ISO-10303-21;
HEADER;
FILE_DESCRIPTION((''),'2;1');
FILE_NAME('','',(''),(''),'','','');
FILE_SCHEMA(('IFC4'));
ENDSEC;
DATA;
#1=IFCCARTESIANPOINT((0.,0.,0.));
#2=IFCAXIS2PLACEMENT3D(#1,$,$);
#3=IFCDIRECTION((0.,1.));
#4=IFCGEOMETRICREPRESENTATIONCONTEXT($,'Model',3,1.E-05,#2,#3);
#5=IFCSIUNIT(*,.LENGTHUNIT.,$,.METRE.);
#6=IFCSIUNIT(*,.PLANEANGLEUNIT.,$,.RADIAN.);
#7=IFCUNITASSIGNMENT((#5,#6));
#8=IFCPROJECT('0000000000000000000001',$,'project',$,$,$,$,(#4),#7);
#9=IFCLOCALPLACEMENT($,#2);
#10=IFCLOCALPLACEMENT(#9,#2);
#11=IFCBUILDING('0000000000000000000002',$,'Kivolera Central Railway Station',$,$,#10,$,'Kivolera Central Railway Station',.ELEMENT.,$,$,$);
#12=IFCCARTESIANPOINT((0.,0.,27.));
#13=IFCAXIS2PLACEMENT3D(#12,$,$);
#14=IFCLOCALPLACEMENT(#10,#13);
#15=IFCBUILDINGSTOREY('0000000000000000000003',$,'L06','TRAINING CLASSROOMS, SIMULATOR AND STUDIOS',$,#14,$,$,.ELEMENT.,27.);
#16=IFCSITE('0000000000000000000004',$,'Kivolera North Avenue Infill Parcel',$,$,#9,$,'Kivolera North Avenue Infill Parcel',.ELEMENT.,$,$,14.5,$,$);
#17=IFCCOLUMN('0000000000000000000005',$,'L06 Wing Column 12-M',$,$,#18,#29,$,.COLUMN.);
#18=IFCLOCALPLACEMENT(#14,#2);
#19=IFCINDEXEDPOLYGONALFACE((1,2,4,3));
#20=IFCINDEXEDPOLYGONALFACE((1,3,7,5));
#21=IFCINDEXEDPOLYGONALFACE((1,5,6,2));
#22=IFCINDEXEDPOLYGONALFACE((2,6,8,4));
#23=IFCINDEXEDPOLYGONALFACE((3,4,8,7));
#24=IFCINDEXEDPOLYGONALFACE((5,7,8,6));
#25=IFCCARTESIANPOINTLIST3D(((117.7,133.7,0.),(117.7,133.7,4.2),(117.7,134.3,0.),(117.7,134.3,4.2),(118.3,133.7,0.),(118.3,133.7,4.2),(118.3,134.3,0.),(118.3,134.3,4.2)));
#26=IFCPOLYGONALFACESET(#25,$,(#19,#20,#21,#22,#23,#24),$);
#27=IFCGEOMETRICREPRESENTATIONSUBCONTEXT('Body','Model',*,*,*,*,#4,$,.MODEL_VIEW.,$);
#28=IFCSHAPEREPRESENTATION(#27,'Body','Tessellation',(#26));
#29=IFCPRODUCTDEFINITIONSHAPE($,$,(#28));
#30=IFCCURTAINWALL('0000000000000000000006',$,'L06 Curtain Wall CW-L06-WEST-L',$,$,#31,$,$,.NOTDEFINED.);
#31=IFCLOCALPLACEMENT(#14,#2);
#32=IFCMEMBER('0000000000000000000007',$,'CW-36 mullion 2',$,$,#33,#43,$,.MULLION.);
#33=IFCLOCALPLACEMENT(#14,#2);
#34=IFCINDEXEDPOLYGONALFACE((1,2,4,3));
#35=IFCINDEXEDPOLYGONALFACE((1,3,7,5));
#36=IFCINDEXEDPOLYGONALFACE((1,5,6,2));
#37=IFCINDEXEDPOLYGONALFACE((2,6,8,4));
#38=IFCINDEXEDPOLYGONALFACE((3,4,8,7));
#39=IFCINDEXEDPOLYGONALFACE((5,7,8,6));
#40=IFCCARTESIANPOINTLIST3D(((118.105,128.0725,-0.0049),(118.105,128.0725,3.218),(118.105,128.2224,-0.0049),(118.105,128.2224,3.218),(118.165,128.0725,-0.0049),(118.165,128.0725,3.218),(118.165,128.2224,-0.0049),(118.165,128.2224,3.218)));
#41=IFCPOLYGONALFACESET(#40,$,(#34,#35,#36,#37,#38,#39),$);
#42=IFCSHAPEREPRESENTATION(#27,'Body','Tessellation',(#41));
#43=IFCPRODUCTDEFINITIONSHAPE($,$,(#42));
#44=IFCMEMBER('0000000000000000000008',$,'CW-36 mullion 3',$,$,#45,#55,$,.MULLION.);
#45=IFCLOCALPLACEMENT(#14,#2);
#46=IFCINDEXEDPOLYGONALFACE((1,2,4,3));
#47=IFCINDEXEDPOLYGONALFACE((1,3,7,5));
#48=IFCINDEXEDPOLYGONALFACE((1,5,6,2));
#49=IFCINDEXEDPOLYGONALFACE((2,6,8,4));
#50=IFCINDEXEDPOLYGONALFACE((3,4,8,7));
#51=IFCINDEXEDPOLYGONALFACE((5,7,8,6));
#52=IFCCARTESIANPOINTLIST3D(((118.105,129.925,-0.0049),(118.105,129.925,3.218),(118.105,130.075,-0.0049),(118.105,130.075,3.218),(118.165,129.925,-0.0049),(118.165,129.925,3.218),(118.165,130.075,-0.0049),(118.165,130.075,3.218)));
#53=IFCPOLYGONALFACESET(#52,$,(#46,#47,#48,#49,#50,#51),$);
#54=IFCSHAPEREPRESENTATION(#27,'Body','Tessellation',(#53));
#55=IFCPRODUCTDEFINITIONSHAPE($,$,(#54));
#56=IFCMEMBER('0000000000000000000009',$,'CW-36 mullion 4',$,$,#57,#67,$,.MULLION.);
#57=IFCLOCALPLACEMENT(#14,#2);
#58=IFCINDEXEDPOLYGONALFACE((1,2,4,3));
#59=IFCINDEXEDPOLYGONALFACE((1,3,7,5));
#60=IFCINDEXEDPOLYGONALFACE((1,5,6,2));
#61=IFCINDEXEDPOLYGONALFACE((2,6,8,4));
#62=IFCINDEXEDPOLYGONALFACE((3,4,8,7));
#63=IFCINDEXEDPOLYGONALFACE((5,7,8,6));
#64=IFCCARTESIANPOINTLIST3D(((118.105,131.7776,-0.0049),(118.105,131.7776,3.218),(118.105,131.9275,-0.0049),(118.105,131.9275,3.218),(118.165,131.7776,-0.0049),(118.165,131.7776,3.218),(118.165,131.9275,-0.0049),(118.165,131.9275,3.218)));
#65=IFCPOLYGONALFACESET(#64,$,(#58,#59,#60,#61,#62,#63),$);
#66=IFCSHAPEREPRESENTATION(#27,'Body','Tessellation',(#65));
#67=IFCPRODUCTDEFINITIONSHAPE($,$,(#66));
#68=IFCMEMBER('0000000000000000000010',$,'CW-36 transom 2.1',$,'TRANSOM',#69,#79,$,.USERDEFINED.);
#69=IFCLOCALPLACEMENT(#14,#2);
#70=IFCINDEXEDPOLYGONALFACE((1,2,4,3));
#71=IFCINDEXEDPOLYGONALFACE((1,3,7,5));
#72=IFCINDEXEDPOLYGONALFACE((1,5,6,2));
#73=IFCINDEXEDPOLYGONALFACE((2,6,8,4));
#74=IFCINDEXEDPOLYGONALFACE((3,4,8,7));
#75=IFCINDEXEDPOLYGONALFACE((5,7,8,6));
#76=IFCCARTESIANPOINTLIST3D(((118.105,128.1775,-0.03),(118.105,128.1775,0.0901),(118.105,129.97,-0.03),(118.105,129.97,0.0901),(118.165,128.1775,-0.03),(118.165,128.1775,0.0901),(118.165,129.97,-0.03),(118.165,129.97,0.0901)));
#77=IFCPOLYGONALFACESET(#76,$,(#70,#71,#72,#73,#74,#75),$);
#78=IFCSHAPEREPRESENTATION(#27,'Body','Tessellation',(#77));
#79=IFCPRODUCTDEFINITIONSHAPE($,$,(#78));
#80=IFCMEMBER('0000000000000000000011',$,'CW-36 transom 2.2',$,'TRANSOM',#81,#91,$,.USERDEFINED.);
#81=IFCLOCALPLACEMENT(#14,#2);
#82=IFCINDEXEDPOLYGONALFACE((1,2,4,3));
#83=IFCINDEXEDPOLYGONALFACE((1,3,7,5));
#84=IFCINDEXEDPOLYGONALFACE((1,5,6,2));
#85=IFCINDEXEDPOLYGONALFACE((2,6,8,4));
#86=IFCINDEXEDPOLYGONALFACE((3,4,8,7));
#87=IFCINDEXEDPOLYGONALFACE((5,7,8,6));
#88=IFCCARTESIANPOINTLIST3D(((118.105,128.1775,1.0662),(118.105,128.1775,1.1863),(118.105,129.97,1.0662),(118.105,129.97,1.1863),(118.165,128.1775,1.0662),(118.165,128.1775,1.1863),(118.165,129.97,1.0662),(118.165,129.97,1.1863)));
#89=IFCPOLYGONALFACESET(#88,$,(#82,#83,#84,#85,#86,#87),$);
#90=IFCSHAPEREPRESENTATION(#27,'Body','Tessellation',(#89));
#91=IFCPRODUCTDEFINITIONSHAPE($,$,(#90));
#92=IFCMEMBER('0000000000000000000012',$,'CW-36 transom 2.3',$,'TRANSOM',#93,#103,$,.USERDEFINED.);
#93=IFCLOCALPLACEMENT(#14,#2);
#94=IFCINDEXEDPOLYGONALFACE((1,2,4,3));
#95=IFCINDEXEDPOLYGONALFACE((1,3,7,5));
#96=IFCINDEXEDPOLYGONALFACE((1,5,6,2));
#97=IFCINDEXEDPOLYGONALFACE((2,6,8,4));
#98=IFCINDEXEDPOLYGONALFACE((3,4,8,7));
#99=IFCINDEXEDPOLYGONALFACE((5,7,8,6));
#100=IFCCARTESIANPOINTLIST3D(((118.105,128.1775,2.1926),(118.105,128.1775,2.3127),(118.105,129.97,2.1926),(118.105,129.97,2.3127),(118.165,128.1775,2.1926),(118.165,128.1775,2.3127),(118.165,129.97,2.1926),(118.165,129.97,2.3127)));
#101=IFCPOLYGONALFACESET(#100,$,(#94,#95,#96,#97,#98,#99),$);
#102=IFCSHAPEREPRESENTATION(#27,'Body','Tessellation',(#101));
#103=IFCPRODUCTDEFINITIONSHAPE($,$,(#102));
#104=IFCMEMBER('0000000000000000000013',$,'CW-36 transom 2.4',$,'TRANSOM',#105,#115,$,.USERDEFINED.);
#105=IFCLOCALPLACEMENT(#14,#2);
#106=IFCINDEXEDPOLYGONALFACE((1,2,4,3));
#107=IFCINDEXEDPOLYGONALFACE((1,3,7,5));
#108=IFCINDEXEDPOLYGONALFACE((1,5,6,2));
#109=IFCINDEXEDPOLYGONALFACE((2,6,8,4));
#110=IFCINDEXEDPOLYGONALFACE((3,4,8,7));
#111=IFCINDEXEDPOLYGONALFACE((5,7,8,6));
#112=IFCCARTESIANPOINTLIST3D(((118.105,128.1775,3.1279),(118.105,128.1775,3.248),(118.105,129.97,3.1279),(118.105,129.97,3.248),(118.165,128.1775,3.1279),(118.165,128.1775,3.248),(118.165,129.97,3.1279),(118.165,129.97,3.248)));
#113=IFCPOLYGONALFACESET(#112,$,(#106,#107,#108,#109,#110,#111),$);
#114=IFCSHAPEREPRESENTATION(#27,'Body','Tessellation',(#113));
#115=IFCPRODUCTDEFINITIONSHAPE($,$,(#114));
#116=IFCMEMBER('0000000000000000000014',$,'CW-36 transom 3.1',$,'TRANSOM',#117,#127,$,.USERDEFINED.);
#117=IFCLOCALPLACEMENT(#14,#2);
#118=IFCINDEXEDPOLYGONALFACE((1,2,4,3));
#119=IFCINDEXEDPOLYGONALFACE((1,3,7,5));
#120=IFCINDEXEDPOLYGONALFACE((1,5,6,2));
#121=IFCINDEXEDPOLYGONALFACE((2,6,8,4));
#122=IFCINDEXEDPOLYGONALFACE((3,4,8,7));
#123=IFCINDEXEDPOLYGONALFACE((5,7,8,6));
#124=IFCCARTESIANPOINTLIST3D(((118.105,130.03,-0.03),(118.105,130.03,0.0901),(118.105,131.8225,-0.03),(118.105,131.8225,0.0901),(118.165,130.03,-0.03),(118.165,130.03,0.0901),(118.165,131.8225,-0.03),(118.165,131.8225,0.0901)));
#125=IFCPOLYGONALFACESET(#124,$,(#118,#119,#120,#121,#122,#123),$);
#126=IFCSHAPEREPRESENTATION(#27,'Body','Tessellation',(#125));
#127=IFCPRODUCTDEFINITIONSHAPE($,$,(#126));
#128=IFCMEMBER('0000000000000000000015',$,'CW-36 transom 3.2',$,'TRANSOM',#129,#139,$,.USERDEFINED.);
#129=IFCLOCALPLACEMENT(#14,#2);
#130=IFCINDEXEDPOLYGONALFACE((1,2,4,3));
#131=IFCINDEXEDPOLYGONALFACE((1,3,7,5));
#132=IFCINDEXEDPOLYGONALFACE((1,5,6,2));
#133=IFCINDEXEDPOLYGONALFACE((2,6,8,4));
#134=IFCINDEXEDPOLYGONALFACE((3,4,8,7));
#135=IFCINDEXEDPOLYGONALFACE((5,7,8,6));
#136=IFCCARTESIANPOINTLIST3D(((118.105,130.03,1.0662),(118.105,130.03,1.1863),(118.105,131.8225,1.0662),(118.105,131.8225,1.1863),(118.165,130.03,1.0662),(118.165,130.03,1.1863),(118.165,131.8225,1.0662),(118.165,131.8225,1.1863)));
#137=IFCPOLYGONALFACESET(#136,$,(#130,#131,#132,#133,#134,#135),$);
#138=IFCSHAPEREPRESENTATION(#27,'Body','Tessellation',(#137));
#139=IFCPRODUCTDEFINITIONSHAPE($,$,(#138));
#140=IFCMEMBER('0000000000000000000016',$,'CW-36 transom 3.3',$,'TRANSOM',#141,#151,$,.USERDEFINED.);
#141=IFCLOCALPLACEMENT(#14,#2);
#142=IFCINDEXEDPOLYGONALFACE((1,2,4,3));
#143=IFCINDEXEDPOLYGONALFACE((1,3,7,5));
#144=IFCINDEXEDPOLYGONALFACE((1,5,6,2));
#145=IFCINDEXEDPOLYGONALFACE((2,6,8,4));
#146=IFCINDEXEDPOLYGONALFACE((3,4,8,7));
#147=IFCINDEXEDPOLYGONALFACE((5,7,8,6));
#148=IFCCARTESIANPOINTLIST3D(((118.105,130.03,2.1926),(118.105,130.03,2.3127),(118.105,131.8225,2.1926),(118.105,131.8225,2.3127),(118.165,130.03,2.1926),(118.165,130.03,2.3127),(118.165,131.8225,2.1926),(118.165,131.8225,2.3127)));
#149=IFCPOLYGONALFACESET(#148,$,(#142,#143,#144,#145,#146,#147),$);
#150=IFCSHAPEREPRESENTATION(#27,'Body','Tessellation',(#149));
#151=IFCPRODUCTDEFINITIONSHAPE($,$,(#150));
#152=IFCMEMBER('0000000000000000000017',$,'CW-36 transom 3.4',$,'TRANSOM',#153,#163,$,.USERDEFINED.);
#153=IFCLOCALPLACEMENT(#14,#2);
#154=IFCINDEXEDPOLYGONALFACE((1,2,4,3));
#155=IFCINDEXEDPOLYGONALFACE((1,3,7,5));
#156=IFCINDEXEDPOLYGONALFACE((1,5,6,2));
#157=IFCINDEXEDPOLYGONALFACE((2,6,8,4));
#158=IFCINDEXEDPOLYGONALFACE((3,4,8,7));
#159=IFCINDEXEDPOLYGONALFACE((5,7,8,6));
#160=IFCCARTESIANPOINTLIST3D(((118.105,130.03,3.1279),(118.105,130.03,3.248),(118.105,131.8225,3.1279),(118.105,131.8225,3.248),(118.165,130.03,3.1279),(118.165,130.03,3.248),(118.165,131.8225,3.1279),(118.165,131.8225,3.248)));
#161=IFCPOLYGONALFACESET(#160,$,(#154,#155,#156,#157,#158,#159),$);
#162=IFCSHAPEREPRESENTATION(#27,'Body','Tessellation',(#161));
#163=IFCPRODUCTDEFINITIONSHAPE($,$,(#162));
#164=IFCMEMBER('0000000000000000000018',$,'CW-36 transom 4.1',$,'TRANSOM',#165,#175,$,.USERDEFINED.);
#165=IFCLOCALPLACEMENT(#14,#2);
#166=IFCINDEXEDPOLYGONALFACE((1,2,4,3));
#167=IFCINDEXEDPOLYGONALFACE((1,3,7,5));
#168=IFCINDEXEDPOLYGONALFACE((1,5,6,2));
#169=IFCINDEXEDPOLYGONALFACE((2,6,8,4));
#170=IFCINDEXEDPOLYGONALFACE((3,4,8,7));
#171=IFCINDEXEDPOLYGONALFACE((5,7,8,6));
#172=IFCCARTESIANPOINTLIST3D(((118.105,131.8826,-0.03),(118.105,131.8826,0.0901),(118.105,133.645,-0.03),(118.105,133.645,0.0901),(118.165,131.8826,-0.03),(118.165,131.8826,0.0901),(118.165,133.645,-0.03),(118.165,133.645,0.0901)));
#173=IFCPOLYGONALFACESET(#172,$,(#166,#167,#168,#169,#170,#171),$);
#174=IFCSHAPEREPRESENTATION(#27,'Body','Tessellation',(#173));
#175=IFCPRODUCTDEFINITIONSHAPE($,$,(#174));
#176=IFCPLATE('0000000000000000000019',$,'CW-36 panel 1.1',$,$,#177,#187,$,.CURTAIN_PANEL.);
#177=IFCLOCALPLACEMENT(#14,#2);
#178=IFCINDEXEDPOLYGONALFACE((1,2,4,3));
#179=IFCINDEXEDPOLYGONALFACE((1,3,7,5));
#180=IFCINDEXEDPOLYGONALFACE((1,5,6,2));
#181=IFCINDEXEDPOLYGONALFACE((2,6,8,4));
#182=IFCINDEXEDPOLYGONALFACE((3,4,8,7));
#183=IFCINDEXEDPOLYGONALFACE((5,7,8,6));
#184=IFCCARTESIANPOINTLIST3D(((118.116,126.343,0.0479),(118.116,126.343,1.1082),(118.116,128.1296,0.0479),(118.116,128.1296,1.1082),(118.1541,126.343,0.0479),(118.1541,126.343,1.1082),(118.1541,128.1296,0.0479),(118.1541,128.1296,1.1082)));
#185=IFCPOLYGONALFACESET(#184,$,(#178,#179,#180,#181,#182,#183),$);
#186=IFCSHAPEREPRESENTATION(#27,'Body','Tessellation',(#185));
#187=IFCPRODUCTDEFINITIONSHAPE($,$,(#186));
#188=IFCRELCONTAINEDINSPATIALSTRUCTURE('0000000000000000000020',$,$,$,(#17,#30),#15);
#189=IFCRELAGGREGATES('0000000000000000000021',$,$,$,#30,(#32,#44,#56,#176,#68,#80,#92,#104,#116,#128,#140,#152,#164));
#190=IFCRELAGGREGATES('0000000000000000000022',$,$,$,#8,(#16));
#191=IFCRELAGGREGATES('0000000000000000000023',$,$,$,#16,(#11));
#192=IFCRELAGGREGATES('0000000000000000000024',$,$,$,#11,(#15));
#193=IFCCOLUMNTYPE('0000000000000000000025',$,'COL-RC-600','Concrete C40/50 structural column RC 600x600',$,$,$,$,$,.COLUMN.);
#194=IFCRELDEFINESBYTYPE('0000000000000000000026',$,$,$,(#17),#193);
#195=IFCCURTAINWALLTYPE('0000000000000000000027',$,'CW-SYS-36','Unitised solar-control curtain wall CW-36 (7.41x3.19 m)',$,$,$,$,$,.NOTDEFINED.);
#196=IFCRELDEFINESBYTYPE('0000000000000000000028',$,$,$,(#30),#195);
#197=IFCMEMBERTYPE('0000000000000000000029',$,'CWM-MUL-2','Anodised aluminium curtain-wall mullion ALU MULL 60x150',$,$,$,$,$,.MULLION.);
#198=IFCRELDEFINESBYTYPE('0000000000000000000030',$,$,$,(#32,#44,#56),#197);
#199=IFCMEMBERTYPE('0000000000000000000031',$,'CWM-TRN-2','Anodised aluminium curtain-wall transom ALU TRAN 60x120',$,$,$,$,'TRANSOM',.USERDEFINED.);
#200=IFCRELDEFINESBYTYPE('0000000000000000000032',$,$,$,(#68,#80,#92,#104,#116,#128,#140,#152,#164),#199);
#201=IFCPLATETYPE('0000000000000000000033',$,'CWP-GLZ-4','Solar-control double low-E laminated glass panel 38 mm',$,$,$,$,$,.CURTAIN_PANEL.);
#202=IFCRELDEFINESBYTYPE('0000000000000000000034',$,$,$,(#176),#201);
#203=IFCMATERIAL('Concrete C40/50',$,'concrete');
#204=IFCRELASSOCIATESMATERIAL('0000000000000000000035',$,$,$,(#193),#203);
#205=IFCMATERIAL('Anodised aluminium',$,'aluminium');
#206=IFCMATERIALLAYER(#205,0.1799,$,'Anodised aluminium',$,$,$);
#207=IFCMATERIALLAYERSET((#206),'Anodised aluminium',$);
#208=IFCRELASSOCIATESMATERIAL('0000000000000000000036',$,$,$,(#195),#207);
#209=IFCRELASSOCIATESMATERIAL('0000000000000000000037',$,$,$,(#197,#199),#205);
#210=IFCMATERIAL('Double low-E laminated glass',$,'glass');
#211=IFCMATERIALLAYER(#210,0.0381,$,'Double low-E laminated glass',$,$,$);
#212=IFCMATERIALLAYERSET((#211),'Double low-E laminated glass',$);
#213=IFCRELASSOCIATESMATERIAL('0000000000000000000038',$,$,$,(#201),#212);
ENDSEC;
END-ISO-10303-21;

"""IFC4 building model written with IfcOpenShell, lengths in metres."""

from ifc_helpers import new_model, si_unit, direction, frame, origin, origin_2d, place, context, subcontext, project, spatial, rectangle, extrude, material, layer, layer_set, material_profile, profile_set, type_object, element, aggregate, save


model = new_model("IFC4")

# Units and contexts
model_context = context("Model", 3, precision=1e-05, world=origin(), true_north=direction((0.0, 1.0)))
body_context = subcontext(model_context, "Body", "Model", "MODEL_VIEW")
ifc_project = project(units=[si_unit("LENGTHUNIT", "METRE"), si_unit("PLANEANGLEUNIT", "RADIAN")], contexts=[model_context])

# Site, building, storey
site_placement = place(None, origin())
site = spatial("IfcSite", under=ifc_project, at=site_placement, Name="Kivolera North Avenue Infill Parcel", LongName="Kivolera North Avenue Infill Parcel", CompositionType="ELEMENT", RefElevation=14.5)
building_placement = place(site_placement, origin())
building = spatial("IfcBuilding", under=site, at=building_placement, Name="Kivolera Central Railway Station", LongName="Kivolera Central Railway Station", CompositionType="ELEMENT")
storey_placement = place(building_placement, frame((0.0, 0.0, 27.0)))
storey = spatial("IfcBuildingStorey", under=building, at=storey_placement, Name="L06", Description="TRAINING CLASSROOMS, SIMULATOR AND STUDIOS", CompositionType="ELEMENT", Elevation=27.0)

# Column
ifc_material_1 = material(Name="Concrete C40/50", Category="concrete")
ifc_material_profile_1 = material_profile(ifc_material_1, rectangle(XDim=0.6001, YDim=0.6001, at=origin_2d()), Name="RC 600x600")
ifc_profile_set_1 = profile_set([ifc_material_profile_1], Name="Concrete C40/50")
column_type = type_object("IfcColumnType", Name="COL-RC-600", Description="Concrete C40/50 structural column RC 600x600", PredefinedType="COLUMN", material=ifc_profile_set_1)
column_placement = place(storey_placement, frame((118.0, 134.0, 0.0), z_axis=(0.0, 0.0, 1.0), x_axis=(1.0, 0.0, 0.0)))
element("IfcColumn", 1, at=column_placement, inside=storey, type_object=column_type, Name="L06 Wing Column 12-M", PredefinedType="COLUMN", context=body_context, shape_type="SweptSolid", body=[
    extrude(rectangle(XDim=0.6001, YDim=0.6001, at=origin_2d()), origin(), (0.0, 0.0, 1.0), 4.2),
])

# Curtain wall, members, plate
ifc_material_2 = material(Name="Anodised aluminium", Category="aluminium")
ifc_layer_1 = layer(ifc_material_2, 0.1799, Name="Anodised aluminium")
ifc_layer_set_1 = layer_set([ifc_layer_1], Name="Anodised aluminium")
curtain_wall_type = type_object("IfcCurtainWallType", Name="CW-SYS-36", Description="Unitised solar-control curtain wall CW-36 (7.41x3.19 m)", PredefinedType="NOTDEFINED", material=ifc_layer_set_1)
curtain_wall_placement = place(storey_placement, origin())
curtain_wall = element("IfcCurtainWall", 2, at=curtain_wall_placement, inside=storey, type_object=curtain_wall_type, Name="L06 Curtain Wall CW-L06-WEST-L", PredefinedType="NOTDEFINED")
ifc_material_profile_2 = material_profile(ifc_material_2, rectangle(XDim=0.0601, YDim=0.1499, at=origin_2d()), Name="ALU MULL 60x150")
ifc_profile_set_2 = profile_set([ifc_material_profile_2], Name="Anodised aluminium")
member_type_1 = type_object("IfcMemberType", Name="CWM-MUL-2", Description="Anodised aluminium curtain-wall mullion ALU MULL 60x150", PredefinedType="MULLION", material=ifc_profile_set_2)
member_1_placement = place(storey_placement, frame((118.135, 128.1475, -0.0049), z_axis=(0.0, 0.0, 1.0), x_axis=(-1.0, 0.0, 0.0)))
member_1 = element("IfcMember", 3, at=member_1_placement, type_object=member_type_1, Name="CW-36 mullion 2", PredefinedType="MULLION", context=body_context, shape_type="SweptSolid", body=[
    extrude(rectangle(XDim=0.0601, YDim=0.1499, at=origin_2d()), origin(), (0.0, 0.0, 1.0), 3.2229),
])
member_2_placement = place(storey_placement, frame((118.135, 130.0, -0.0049), z_axis=(0.0, 0.0, 1.0), x_axis=(-1.0, 0.0, 0.0)))
member_2 = element("IfcMember", 4, at=member_2_placement, type_object=member_type_1, Name="CW-36 mullion 3", PredefinedType="MULLION", context=body_context, shape_type="SweptSolid", body=[
    extrude(rectangle(XDim=0.0601, YDim=0.1499, at=origin_2d()), origin(), (0.0, 0.0, 1.0), 3.2229),
])
member_3_placement = place(storey_placement, frame((118.135, 131.8525, -0.0049), z_axis=(0.0, 0.0, 1.0), x_axis=(-1.0, 0.0, 0.0)))
member_3 = element("IfcMember", 5, at=member_3_placement, type_object=member_type_1, Name="CW-36 mullion 4", PredefinedType="MULLION", context=body_context, shape_type="SweptSolid", body=[
    extrude(rectangle(XDim=0.0601, YDim=0.1499, at=origin_2d()), origin(), (0.0, 0.0, 1.0), 3.2229),
])
ifc_material_profile_3 = material_profile(ifc_material_2, rectangle(XDim=0.0601, YDim=0.1201, at=origin_2d()), Name="ALU TRAN 60x120")
ifc_profile_set_3 = profile_set([ifc_material_profile_3], Name="Anodised aluminium")
member_type_2 = type_object("IfcMemberType", Name="CWM-TRN-2", Description="Anodised aluminium curtain-wall transom ALU TRAN 60x120", ElementType="TRANSOM", PredefinedType="USERDEFINED", material=ifc_profile_set_3)
member_4_placement = place(storey_placement, frame((118.135, 128.1775, 0.03), z_axis=(0.0, 1.0, 0.0), x_axis=(-1.0, 0.0, 0.0)))
member_4 = element("IfcMember", 6, at=member_4_placement, type_object=member_type_2, Name="CW-36 transom 2.1", ObjectType="TRANSOM", PredefinedType="USERDEFINED", context=body_context, shape_type="SweptSolid", body=[
    extrude(rectangle(XDim=0.0601, YDim=0.1201, at=origin_2d()), origin(), (0.0, 0.0, 1.0), 1.7925),
])
member_5_placement = place(storey_placement, frame((118.135, 128.1775, 1.1262), z_axis=(0.0, 1.0, 0.0), x_axis=(-1.0, 0.0, 0.0)))
member_5 = element("IfcMember", 7, at=member_5_placement, type_object=member_type_2, Name="CW-36 transom 2.2", ObjectType="TRANSOM", PredefinedType="USERDEFINED", context=body_context, shape_type="SweptSolid", body=[
    extrude(rectangle(XDim=0.0601, YDim=0.1201, at=origin_2d()), origin(), (0.0, 0.0, 1.0), 1.7925),
])
member_6_placement = place(storey_placement, frame((118.135, 128.1775, 2.2527), z_axis=(0.0, 1.0, 0.0), x_axis=(-1.0, 0.0, 0.0)))
member_6 = element("IfcMember", 8, at=member_6_placement, type_object=member_type_2, Name="CW-36 transom 2.3", ObjectType="TRANSOM", PredefinedType="USERDEFINED", context=body_context, shape_type="SweptSolid", body=[
    extrude(rectangle(XDim=0.0601, YDim=0.1201, at=origin_2d()), origin(), (0.0, 0.0, 1.0), 1.7925),
])
member_7_placement = place(storey_placement, frame((118.135, 128.1775, 3.188), z_axis=(0.0, 1.0, 0.0), x_axis=(-1.0, 0.0, 0.0)))
member_7 = element("IfcMember", 9, at=member_7_placement, type_object=member_type_2, Name="CW-36 transom 2.4", ObjectType="TRANSOM", PredefinedType="USERDEFINED", context=body_context, shape_type="SweptSolid", body=[
    extrude(rectangle(XDim=0.0601, YDim=0.1201, at=origin_2d()), origin(), (0.0, 0.0, 1.0), 1.7925),
])
member_8_placement = place(storey_placement, frame((118.135, 130.03, 0.03), z_axis=(0.0, 1.0, 0.0), x_axis=(-1.0, 0.0, 0.0)))
member_8 = element("IfcMember", 10, at=member_8_placement, type_object=member_type_2, Name="CW-36 transom 3.1", ObjectType="TRANSOM", PredefinedType="USERDEFINED", context=body_context, shape_type="SweptSolid", body=[
    extrude(rectangle(XDim=0.0601, YDim=0.1201, at=origin_2d()), origin(), (0.0, 0.0, 1.0), 1.7925),
])
member_9_placement = place(storey_placement, frame((118.135, 130.03, 1.1262), z_axis=(0.0, 1.0, 0.0), x_axis=(-1.0, 0.0, 0.0)))
member_9 = element("IfcMember", 11, at=member_9_placement, type_object=member_type_2, Name="CW-36 transom 3.2", ObjectType="TRANSOM", PredefinedType="USERDEFINED", context=body_context, shape_type="SweptSolid", body=[
    extrude(rectangle(XDim=0.0601, YDim=0.1201, at=origin_2d()), origin(), (0.0, 0.0, 1.0), 1.7925),
])
member_10_placement = place(storey_placement, frame((118.135, 130.03, 2.2527), z_axis=(0.0, 1.0, 0.0), x_axis=(-1.0, 0.0, 0.0)))
member_10 = element("IfcMember", 12, at=member_10_placement, type_object=member_type_2, Name="CW-36 transom 3.3", ObjectType="TRANSOM", PredefinedType="USERDEFINED", context=body_context, shape_type="SweptSolid", body=[
    extrude(rectangle(XDim=0.0601, YDim=0.1201, at=origin_2d()), origin(), (0.0, 0.0, 1.0), 1.7925),
])
member_11_placement = place(storey_placement, frame((118.135, 130.03, 3.188), z_axis=(0.0, 1.0, 0.0), x_axis=(-1.0, 0.0, 0.0)))
member_11 = element("IfcMember", 13, at=member_11_placement, type_object=member_type_2, Name="CW-36 transom 3.4", ObjectType="TRANSOM", PredefinedType="USERDEFINED", context=body_context, shape_type="SweptSolid", body=[
    extrude(rectangle(XDim=0.0601, YDim=0.1201, at=origin_2d()), origin(), (0.0, 0.0, 1.0), 1.7925),
])
member_12_placement = place(storey_placement, frame((118.135, 131.8826, 0.03), z_axis=(0.0, 1.0, 0.0), x_axis=(-1.0, 0.0, 0.0)))
member_12 = element("IfcMember", 14, at=member_12_placement, type_object=member_type_2, Name="CW-36 transom 4.1", ObjectType="TRANSOM", PredefinedType="USERDEFINED", context=body_context, shape_type="SweptSolid", body=[
    extrude(rectangle(XDim=0.0601, YDim=0.1201, at=origin_2d()), origin(), (0.0, 0.0, 1.0), 1.7625),
])
ifc_material_3 = material(Name="Double low-E laminated glass", Category="glass")
ifc_layer_2 = layer(ifc_material_3, 0.0381, Name="Double low-E laminated glass")
ifc_layer_set_2 = layer_set([ifc_layer_2], Name="Double low-E laminated glass")
plate_type = type_object("IfcPlateType", Name="CWP-GLZ-4", Description="Solar-control double low-E laminated glass panel 38 mm", PredefinedType="CURTAIN_PANEL", material=ifc_layer_set_2)
plate_1_placement = place(storey_placement, frame((118.135, 127.2363, 0.0479), z_axis=(0.0, 0.0, 1.0), x_axis=(0.0, 1.0, 0.0)))
plate_1 = element("IfcPlate", 15, at=plate_1_placement, type_object=plate_type, Name="CW-36 panel 1.1", PredefinedType="CURTAIN_PANEL", context=body_context, shape_type="SweptSolid", body=[
    extrude(rectangle(XDim=1.7866, YDim=0.0381, at=origin_2d()), origin(), (0.0, 0.0, 1.0), 1.0603),
])
aggregate(curtain_wall, [member_1, member_2, member_3, plate_1, member_4, member_5, member_6, member_7, member_8, member_9, member_10, member_11, member_12])

save(model, "model.ifc")
